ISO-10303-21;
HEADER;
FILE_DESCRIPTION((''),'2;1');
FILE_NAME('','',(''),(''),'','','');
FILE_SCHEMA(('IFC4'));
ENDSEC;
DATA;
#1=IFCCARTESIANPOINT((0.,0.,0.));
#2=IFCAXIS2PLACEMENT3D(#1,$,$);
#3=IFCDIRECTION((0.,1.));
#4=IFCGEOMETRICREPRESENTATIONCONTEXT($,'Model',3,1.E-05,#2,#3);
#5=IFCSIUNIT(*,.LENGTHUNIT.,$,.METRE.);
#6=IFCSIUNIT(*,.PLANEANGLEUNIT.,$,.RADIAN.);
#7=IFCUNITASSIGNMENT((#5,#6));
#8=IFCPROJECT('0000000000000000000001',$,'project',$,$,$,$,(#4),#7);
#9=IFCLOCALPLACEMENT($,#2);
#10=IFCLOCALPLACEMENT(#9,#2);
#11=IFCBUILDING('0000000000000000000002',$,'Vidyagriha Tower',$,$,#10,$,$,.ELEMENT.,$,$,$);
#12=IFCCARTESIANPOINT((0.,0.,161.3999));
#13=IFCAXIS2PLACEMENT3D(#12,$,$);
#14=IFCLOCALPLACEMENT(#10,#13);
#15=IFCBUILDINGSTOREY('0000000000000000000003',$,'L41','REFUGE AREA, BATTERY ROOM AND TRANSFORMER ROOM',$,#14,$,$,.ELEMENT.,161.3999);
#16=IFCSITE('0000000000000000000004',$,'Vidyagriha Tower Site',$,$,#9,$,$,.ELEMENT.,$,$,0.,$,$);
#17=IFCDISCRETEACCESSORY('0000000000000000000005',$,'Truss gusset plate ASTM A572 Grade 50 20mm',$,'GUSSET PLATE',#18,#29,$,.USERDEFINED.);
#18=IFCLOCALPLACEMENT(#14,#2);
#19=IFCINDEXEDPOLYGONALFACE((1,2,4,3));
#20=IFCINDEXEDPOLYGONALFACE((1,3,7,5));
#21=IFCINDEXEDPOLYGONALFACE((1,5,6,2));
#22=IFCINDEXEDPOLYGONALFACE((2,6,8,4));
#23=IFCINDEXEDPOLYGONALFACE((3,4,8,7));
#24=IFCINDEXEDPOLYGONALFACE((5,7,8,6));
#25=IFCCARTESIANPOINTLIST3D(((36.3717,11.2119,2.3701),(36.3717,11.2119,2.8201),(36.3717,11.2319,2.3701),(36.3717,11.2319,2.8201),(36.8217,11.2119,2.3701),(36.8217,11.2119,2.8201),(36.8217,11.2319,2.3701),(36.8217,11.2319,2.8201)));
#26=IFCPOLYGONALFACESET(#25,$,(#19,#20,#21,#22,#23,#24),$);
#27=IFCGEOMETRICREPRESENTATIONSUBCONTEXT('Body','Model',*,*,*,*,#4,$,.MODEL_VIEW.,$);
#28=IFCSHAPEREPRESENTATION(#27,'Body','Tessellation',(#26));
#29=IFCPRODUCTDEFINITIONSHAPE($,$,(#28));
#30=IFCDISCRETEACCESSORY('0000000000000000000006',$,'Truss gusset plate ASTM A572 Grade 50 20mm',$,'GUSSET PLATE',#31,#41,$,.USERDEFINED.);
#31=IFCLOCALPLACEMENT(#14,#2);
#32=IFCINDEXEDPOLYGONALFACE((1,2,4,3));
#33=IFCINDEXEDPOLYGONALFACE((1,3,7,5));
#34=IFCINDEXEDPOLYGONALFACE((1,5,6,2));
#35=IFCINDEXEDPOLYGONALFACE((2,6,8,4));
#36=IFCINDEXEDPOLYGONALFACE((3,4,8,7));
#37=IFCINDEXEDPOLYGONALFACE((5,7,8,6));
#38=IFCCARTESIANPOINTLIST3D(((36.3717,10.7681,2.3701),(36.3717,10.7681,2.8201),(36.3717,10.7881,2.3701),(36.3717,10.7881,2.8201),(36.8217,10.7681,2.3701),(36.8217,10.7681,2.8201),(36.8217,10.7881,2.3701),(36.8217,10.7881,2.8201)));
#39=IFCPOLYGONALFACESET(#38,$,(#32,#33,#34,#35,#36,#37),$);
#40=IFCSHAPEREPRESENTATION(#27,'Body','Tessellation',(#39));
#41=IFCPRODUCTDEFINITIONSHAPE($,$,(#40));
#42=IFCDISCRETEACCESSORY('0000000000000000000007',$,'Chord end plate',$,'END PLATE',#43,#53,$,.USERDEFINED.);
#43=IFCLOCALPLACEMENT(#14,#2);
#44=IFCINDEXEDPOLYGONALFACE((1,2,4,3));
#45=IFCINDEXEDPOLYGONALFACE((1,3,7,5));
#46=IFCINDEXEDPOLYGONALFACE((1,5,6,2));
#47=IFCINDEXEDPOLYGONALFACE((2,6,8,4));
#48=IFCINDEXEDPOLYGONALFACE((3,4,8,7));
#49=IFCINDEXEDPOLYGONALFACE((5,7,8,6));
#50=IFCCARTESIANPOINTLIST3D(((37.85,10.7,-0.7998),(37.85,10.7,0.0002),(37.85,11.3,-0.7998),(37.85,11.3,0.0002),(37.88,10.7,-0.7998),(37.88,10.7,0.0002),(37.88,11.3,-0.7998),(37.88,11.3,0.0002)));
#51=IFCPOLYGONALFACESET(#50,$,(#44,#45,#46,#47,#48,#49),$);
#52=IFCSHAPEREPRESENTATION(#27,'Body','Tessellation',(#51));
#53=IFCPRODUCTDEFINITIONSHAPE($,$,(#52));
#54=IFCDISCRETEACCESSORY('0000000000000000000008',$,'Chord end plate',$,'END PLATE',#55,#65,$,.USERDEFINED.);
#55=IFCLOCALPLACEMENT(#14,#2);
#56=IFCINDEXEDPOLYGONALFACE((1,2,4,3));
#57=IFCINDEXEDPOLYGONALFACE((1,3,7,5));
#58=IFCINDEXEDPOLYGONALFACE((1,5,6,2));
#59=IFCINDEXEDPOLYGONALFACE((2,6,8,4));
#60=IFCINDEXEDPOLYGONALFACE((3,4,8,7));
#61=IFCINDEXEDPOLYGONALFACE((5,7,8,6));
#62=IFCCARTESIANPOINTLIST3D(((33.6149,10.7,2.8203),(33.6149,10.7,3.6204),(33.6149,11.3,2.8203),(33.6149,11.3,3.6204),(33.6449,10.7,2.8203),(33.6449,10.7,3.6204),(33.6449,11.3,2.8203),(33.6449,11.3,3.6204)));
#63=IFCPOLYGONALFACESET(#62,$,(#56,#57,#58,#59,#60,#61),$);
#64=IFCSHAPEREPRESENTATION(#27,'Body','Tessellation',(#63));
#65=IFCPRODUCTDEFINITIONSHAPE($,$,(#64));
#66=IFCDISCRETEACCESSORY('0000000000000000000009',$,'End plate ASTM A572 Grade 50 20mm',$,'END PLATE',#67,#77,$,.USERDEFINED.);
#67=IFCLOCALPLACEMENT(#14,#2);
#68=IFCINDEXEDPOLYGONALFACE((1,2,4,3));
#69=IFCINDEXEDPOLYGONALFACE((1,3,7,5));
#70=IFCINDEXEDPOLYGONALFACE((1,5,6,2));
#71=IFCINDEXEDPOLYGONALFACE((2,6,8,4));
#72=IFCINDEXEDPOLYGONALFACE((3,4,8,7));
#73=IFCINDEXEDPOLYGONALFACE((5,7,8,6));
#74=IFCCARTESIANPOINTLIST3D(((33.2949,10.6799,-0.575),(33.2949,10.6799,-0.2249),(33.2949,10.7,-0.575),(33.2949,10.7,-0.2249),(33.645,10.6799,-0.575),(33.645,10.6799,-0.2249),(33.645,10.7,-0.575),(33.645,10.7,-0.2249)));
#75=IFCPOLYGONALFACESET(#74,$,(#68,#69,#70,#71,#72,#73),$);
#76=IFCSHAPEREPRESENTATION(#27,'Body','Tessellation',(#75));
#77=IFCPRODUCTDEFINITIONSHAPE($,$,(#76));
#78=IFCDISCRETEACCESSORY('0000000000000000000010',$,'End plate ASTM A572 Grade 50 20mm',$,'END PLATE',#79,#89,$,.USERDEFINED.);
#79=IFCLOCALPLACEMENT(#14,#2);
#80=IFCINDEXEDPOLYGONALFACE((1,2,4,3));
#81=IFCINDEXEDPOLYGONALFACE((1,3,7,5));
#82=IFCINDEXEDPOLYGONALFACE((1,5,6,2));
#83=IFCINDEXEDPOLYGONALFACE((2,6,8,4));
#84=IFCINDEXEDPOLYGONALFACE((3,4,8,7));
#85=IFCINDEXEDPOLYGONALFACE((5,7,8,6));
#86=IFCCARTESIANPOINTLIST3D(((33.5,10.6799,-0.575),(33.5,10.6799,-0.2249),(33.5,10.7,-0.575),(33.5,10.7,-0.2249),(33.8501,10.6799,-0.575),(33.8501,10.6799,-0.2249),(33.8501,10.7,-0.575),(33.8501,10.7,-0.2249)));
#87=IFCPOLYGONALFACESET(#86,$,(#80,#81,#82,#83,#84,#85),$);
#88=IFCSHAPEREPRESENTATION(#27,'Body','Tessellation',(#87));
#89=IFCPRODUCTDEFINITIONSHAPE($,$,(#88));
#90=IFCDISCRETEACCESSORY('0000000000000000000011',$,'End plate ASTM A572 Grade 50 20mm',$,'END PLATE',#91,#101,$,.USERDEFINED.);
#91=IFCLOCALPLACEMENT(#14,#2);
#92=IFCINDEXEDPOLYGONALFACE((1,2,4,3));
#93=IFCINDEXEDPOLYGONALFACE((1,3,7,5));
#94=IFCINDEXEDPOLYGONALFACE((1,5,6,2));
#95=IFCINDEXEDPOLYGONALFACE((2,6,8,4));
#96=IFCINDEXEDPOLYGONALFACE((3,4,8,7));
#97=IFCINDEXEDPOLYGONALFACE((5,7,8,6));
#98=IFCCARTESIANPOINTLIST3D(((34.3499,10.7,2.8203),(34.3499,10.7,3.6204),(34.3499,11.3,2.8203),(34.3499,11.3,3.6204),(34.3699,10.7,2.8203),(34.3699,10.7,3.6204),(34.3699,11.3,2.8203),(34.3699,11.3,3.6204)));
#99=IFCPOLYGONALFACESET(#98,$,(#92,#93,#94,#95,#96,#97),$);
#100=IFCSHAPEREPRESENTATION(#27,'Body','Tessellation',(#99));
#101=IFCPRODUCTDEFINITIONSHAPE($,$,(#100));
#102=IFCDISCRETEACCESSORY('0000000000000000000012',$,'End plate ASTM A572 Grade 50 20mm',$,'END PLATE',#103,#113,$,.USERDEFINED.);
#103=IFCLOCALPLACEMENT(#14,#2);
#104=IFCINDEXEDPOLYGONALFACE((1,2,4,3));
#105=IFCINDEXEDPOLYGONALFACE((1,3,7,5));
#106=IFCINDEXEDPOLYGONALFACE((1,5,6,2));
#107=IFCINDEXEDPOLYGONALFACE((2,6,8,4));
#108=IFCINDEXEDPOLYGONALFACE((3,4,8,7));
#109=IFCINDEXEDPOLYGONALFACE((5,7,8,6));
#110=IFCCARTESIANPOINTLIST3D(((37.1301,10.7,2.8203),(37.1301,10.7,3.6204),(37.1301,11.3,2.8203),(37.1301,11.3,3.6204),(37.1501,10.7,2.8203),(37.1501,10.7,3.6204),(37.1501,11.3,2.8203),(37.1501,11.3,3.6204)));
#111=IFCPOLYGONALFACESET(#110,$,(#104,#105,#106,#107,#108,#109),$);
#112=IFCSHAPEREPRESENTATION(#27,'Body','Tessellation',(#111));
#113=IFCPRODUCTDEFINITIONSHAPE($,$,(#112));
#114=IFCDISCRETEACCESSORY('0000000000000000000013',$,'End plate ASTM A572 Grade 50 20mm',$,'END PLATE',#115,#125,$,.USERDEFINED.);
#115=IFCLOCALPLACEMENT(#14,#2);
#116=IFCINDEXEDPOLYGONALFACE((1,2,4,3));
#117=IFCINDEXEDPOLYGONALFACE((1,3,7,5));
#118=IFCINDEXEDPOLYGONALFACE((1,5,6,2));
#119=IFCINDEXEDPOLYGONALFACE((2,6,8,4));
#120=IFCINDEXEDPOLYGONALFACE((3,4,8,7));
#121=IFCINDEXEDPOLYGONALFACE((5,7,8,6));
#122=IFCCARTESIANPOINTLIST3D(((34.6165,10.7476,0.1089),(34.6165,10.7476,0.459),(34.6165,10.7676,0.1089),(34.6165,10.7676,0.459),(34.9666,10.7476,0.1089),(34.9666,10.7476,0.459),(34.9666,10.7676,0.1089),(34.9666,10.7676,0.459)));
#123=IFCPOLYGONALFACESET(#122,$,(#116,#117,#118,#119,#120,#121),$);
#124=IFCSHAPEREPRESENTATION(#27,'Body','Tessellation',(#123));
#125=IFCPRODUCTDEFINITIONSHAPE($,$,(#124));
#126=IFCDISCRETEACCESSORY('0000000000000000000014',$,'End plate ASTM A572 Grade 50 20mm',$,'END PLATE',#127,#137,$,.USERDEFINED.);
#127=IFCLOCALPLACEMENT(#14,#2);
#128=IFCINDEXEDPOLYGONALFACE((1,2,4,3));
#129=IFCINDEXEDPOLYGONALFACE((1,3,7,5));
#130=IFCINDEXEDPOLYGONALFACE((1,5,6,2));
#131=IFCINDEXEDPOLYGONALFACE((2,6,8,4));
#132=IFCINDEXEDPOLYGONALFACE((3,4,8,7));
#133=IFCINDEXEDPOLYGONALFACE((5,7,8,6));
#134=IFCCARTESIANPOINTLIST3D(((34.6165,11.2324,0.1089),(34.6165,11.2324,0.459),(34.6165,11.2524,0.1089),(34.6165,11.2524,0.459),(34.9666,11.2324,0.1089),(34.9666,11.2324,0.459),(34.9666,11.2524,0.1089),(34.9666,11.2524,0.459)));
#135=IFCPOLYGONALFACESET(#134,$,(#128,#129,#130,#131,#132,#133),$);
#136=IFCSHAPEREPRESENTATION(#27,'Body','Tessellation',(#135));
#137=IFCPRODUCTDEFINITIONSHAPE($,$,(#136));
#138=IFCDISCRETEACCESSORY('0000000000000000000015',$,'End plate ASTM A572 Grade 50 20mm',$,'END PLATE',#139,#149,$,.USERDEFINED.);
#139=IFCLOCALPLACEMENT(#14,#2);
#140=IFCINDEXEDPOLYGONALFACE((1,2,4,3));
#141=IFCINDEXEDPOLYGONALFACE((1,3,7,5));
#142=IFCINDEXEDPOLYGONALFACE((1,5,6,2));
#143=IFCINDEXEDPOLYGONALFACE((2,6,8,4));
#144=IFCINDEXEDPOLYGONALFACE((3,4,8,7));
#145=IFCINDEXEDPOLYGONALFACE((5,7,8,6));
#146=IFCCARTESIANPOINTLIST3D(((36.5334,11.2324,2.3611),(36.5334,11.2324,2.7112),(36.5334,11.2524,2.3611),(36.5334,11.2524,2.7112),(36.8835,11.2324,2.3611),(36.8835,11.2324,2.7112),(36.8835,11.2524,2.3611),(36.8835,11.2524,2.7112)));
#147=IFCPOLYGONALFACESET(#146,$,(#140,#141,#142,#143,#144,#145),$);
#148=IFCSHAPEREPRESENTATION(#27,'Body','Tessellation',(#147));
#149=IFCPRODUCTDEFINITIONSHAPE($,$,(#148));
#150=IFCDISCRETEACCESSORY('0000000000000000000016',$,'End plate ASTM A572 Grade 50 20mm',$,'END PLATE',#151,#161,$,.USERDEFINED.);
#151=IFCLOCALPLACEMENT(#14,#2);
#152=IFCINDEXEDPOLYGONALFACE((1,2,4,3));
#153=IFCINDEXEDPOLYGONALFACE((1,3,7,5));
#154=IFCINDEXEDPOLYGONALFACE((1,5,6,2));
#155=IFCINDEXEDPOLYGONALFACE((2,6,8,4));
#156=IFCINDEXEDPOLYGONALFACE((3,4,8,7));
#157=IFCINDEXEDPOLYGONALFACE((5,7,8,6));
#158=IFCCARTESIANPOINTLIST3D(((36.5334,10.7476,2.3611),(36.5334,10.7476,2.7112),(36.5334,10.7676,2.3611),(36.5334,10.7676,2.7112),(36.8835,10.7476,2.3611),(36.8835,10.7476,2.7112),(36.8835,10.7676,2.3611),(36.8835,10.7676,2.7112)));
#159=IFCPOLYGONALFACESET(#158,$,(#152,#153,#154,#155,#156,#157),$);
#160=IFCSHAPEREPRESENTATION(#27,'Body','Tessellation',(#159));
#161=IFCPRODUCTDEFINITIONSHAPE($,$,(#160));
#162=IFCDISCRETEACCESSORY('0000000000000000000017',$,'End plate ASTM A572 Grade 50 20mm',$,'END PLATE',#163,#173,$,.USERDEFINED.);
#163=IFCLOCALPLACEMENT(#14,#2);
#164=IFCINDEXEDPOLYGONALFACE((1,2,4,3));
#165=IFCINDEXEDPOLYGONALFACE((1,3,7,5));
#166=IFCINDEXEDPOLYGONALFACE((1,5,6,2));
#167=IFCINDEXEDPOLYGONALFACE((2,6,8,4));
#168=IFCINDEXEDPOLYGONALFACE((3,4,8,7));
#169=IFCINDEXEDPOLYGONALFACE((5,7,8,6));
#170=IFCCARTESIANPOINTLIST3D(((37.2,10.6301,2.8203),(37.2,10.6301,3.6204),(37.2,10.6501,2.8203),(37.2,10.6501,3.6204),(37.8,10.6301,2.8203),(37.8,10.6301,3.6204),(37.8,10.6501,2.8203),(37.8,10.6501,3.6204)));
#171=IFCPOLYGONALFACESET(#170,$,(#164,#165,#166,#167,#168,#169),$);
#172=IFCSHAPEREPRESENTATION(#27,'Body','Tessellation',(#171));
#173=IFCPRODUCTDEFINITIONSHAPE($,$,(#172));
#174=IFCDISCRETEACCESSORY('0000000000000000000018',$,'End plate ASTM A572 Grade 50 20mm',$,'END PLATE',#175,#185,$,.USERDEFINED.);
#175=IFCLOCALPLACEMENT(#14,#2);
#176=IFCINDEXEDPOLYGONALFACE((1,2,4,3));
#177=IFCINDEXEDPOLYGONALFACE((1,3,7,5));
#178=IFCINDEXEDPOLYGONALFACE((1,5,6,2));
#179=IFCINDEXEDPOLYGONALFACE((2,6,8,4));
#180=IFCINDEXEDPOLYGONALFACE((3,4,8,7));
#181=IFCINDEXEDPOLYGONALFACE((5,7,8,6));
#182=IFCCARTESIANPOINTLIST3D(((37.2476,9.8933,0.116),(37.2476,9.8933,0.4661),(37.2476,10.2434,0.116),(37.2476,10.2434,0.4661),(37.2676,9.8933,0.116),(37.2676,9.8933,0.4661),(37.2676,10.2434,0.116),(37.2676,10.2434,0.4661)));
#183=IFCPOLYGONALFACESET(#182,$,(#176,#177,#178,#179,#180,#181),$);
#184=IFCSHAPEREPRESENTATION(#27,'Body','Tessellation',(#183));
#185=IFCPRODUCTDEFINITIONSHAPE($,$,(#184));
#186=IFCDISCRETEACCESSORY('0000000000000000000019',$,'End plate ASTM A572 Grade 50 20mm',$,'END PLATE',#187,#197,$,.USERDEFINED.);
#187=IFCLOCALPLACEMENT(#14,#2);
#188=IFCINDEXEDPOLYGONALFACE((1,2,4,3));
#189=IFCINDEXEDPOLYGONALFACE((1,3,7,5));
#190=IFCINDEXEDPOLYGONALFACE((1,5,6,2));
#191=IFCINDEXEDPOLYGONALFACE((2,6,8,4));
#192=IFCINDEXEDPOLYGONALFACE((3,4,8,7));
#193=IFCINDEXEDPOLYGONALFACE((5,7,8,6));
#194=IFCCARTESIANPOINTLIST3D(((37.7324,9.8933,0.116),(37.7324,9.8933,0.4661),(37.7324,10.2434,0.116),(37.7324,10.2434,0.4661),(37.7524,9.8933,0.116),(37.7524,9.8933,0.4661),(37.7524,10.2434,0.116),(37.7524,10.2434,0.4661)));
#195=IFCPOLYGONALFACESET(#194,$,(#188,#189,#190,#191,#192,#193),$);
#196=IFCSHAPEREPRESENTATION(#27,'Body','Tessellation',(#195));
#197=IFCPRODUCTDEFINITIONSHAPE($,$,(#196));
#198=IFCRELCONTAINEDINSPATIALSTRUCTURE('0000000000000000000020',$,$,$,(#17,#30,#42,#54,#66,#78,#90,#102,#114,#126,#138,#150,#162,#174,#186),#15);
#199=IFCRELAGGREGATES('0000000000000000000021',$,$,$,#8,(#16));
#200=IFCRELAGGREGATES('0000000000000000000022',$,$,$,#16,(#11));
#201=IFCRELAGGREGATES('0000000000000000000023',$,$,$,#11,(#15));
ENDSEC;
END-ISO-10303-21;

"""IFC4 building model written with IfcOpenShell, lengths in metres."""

from ifc_helpers import new_model, si_unit, direction, frame, origin, origin_2d, place, context, subcontext, project, spatial, rectangle, extrude, element, save


model = new_model("IFC4")

# Units and contexts
model_context = context("Model", 3, precision=1e-05, world=origin(), true_north=direction((0.0, 1.0)))
body_context = subcontext(model_context, "Body", "Model", "MODEL_VIEW")
ifc_project = project(units=[si_unit("LENGTHUNIT", "METRE"), si_unit("PLANEANGLEUNIT", "RADIAN")], contexts=[model_context])

# Site, building, storey
site_placement = place(None, origin())
site = spatial("IfcSite", under=ifc_project, at=site_placement, Name="Vidyagriha Tower Site", CompositionType="ELEMENT", RefElevation=0.0)
building_placement = place(site_placement, origin())
building = spatial("IfcBuilding", under=site, at=building_placement, Name="Vidyagriha Tower", CompositionType="ELEMENT")
storey_placement = place(building_placement, frame((0.0, 0.0, 161.3999)))
storey = spatial("IfcBuildingStorey", under=building, at=storey_placement, Name="L41", Description="REFUGE AREA, BATTERY ROOM AND TRANSFORMER ROOM", CompositionType="ELEMENT", Elevation=161.3999)

# Discrete accessories
for number, where, name in (
    (1, (36.5967, 11.2219, 2.3701), "Truss gusset plate ASTM A572 Grade 50 20mm"),
    (2, (36.5967, 10.7781, 2.3701), "Truss gusset plate ASTM A572 Grade 50 20mm"),
):
    element("IfcDiscreteAccessory", number, at=place(storey_placement, frame(where)), inside=storey, Name=name, ObjectType="GUSSET PLATE", PredefinedType="USERDEFINED", context=body_context, shape_type="SweptSolid", body=[
        extrude(rectangle(XDim=0.45, YDim=0.02, at=origin_2d()), origin(), (0.0, 0.0, 1.0), 0.45),
    ])
for number, where, name in (
    (3, (37.865, 11.0, -0.7998), "Chord end plate"),
    (4, (33.6299, 11.0, 2.8203), "Chord end plate"),
):
    element("IfcDiscreteAccessory", number, at=place(storey_placement, frame(where)), inside=storey, Name=name, ObjectType="END PLATE", PredefinedType="USERDEFINED", context=body_context, shape_type="SweptSolid", body=[
        extrude(rectangle(XDim=0.03, YDim=0.6001, at=origin_2d()), origin(), (0.0, 0.0, 1.0), 0.8),
    ])
discrete_accessory_1_placement = place(storey_placement, frame((33.47, 10.6899, -0.575)))
element("IfcDiscreteAccessory", 5, at=discrete_accessory_1_placement, inside=storey, Name="End plate ASTM A572 Grade 50 20mm", ObjectType="END PLATE", PredefinedType="USERDEFINED", context=body_context, shape_type="SweptSolid", body=[
    extrude(rectangle(XDim=0.3501, YDim=0.02, at=origin_2d()), origin(), (0.0, 0.0, 1.0), 0.3501),
])
discrete_accessory_2_placement = place(storey_placement, frame((33.675, 10.6899, -0.575), z_axis=(0.0, 0.0, 1.0), x_axis=(-1.0, 0.0, 0.0)))
element("IfcDiscreteAccessory", 6, at=discrete_accessory_2_placement, inside=storey, Name="End plate ASTM A572 Grade 50 20mm", ObjectType="END PLATE", PredefinedType="USERDEFINED", context=body_context, shape_type="SweptSolid", body=[
    extrude(rectangle(XDim=0.3501, YDim=0.02, at=origin_2d()), origin(), (0.0, 0.0, 1.0), 0.3501),
])
discrete_accessory_3_placement = place(storey_placement, frame((34.3599, 11.0, 2.8203), z_axis=(0.0, 0.0, 1.0), x_axis=(-1.0, 0.0, 0.0)))
element("IfcDiscreteAccessory", 7, at=discrete_accessory_3_placement, inside=storey, Name="End plate ASTM A572 Grade 50 20mm", ObjectType="END PLATE", PredefinedType="USERDEFINED", context=body_context, shape_type="SweptSolid", body=[
    extrude(rectangle(XDim=0.02, YDim=0.6001, at=origin_2d()), origin(), (0.0, 0.0, 1.0), 0.8),
])
discrete_accessory_4_placement = place(storey_placement, frame((37.1401, 11.0, 2.8203)))
element("IfcDiscreteAccessory", 8, at=discrete_accessory_4_placement, inside=storey, Name="End plate ASTM A572 Grade 50 20mm", ObjectType="END PLATE", PredefinedType="USERDEFINED", context=body_context, shape_type="SweptSolid", body=[
    extrude(rectangle(XDim=0.02, YDim=0.6001, at=origin_2d()), origin(), (0.0, 0.0, 1.0), 0.8),
])
for number, where, z_axis, x_axis, name in (
    (9, (34.7915, 10.7576, 0.1089), (0.0, 0.0, 1.0), (-1.0, 0.0, 0.0), "End plate ASTM A572 Grade 50 20mm"),
    (10, (34.7915, 11.2424, 0.1089), (0.0, 0.0, 1.0), (-1.0, 0.0, 0.0), "End plate ASTM A572 Grade 50 20mm"),
):
    element("IfcDiscreteAccessory", number, at=place(storey_placement, frame(where, z_axis=z_axis, x_axis=x_axis)), inside=storey, Name=name, ObjectType="END PLATE", PredefinedType="USERDEFINED", context=body_context, shape_type="SweptSolid", body=[
        extrude(rectangle(XDim=0.3501, YDim=0.02, at=origin_2d()), origin(), (0.0, 0.0, 1.0), 0.3501),
    ])
for number, where, name in (
    (11, (36.7085, 11.2424, 2.3611), "End plate ASTM A572 Grade 50 20mm"),
    (12, (36.7085, 10.7576, 2.3611), "End plate ASTM A572 Grade 50 20mm"),
):
    element("IfcDiscreteAccessory", number, at=place(storey_placement, frame(where)), inside=storey, Name=name, ObjectType="END PLATE", PredefinedType="USERDEFINED", context=body_context, shape_type="SweptSolid", body=[
        extrude(rectangle(XDim=0.3501, YDim=0.02, at=origin_2d()), origin(), (0.0, 0.0, 1.0), 0.3501),
    ])
discrete_accessory_5_placement = place(storey_placement, frame((37.5, 10.6401, 2.8203), z_axis=(0.0, 0.0, 1.0), x_axis=(0.0, 1.0, 0.0)))
element("IfcDiscreteAccessory", 13, at=discrete_accessory_5_placement, inside=storey, Name="End plate ASTM A572 Grade 50 20mm", ObjectType="END PLATE", PredefinedType="USERDEFINED", context=body_context, shape_type="SweptSolid", body=[
    extrude(rectangle(XDim=0.02, YDim=0.6001, at=origin_2d()), origin(), (0.0, 0.0, 1.0), 0.8),
])
for number, where, z_axis, x_axis, name in (
    (14, (37.2576, 10.0684, 0.116), (0.0, 0.0, 1.0), (0.0, 1.0, 0.0), "End plate ASTM A572 Grade 50 20mm"),
    (15, (37.7424, 10.0684, 0.116), (0.0, 0.0, 1.0), (0.0, 1.0, 0.0), "End plate ASTM A572 Grade 50 20mm"),
):
    element("IfcDiscreteAccessory", number, at=place(storey_placement, frame(where, z_axis=z_axis, x_axis=x_axis)), inside=storey, Name=name, ObjectType="END PLATE", PredefinedType="USERDEFINED", context=body_context, shape_type="SweptSolid", body=[
        extrude(rectangle(XDim=0.3501, YDim=0.02, at=origin_2d()), origin(), (0.0, 0.0, 1.0), 0.3501),
    ])

save(model, "model.ifc")
